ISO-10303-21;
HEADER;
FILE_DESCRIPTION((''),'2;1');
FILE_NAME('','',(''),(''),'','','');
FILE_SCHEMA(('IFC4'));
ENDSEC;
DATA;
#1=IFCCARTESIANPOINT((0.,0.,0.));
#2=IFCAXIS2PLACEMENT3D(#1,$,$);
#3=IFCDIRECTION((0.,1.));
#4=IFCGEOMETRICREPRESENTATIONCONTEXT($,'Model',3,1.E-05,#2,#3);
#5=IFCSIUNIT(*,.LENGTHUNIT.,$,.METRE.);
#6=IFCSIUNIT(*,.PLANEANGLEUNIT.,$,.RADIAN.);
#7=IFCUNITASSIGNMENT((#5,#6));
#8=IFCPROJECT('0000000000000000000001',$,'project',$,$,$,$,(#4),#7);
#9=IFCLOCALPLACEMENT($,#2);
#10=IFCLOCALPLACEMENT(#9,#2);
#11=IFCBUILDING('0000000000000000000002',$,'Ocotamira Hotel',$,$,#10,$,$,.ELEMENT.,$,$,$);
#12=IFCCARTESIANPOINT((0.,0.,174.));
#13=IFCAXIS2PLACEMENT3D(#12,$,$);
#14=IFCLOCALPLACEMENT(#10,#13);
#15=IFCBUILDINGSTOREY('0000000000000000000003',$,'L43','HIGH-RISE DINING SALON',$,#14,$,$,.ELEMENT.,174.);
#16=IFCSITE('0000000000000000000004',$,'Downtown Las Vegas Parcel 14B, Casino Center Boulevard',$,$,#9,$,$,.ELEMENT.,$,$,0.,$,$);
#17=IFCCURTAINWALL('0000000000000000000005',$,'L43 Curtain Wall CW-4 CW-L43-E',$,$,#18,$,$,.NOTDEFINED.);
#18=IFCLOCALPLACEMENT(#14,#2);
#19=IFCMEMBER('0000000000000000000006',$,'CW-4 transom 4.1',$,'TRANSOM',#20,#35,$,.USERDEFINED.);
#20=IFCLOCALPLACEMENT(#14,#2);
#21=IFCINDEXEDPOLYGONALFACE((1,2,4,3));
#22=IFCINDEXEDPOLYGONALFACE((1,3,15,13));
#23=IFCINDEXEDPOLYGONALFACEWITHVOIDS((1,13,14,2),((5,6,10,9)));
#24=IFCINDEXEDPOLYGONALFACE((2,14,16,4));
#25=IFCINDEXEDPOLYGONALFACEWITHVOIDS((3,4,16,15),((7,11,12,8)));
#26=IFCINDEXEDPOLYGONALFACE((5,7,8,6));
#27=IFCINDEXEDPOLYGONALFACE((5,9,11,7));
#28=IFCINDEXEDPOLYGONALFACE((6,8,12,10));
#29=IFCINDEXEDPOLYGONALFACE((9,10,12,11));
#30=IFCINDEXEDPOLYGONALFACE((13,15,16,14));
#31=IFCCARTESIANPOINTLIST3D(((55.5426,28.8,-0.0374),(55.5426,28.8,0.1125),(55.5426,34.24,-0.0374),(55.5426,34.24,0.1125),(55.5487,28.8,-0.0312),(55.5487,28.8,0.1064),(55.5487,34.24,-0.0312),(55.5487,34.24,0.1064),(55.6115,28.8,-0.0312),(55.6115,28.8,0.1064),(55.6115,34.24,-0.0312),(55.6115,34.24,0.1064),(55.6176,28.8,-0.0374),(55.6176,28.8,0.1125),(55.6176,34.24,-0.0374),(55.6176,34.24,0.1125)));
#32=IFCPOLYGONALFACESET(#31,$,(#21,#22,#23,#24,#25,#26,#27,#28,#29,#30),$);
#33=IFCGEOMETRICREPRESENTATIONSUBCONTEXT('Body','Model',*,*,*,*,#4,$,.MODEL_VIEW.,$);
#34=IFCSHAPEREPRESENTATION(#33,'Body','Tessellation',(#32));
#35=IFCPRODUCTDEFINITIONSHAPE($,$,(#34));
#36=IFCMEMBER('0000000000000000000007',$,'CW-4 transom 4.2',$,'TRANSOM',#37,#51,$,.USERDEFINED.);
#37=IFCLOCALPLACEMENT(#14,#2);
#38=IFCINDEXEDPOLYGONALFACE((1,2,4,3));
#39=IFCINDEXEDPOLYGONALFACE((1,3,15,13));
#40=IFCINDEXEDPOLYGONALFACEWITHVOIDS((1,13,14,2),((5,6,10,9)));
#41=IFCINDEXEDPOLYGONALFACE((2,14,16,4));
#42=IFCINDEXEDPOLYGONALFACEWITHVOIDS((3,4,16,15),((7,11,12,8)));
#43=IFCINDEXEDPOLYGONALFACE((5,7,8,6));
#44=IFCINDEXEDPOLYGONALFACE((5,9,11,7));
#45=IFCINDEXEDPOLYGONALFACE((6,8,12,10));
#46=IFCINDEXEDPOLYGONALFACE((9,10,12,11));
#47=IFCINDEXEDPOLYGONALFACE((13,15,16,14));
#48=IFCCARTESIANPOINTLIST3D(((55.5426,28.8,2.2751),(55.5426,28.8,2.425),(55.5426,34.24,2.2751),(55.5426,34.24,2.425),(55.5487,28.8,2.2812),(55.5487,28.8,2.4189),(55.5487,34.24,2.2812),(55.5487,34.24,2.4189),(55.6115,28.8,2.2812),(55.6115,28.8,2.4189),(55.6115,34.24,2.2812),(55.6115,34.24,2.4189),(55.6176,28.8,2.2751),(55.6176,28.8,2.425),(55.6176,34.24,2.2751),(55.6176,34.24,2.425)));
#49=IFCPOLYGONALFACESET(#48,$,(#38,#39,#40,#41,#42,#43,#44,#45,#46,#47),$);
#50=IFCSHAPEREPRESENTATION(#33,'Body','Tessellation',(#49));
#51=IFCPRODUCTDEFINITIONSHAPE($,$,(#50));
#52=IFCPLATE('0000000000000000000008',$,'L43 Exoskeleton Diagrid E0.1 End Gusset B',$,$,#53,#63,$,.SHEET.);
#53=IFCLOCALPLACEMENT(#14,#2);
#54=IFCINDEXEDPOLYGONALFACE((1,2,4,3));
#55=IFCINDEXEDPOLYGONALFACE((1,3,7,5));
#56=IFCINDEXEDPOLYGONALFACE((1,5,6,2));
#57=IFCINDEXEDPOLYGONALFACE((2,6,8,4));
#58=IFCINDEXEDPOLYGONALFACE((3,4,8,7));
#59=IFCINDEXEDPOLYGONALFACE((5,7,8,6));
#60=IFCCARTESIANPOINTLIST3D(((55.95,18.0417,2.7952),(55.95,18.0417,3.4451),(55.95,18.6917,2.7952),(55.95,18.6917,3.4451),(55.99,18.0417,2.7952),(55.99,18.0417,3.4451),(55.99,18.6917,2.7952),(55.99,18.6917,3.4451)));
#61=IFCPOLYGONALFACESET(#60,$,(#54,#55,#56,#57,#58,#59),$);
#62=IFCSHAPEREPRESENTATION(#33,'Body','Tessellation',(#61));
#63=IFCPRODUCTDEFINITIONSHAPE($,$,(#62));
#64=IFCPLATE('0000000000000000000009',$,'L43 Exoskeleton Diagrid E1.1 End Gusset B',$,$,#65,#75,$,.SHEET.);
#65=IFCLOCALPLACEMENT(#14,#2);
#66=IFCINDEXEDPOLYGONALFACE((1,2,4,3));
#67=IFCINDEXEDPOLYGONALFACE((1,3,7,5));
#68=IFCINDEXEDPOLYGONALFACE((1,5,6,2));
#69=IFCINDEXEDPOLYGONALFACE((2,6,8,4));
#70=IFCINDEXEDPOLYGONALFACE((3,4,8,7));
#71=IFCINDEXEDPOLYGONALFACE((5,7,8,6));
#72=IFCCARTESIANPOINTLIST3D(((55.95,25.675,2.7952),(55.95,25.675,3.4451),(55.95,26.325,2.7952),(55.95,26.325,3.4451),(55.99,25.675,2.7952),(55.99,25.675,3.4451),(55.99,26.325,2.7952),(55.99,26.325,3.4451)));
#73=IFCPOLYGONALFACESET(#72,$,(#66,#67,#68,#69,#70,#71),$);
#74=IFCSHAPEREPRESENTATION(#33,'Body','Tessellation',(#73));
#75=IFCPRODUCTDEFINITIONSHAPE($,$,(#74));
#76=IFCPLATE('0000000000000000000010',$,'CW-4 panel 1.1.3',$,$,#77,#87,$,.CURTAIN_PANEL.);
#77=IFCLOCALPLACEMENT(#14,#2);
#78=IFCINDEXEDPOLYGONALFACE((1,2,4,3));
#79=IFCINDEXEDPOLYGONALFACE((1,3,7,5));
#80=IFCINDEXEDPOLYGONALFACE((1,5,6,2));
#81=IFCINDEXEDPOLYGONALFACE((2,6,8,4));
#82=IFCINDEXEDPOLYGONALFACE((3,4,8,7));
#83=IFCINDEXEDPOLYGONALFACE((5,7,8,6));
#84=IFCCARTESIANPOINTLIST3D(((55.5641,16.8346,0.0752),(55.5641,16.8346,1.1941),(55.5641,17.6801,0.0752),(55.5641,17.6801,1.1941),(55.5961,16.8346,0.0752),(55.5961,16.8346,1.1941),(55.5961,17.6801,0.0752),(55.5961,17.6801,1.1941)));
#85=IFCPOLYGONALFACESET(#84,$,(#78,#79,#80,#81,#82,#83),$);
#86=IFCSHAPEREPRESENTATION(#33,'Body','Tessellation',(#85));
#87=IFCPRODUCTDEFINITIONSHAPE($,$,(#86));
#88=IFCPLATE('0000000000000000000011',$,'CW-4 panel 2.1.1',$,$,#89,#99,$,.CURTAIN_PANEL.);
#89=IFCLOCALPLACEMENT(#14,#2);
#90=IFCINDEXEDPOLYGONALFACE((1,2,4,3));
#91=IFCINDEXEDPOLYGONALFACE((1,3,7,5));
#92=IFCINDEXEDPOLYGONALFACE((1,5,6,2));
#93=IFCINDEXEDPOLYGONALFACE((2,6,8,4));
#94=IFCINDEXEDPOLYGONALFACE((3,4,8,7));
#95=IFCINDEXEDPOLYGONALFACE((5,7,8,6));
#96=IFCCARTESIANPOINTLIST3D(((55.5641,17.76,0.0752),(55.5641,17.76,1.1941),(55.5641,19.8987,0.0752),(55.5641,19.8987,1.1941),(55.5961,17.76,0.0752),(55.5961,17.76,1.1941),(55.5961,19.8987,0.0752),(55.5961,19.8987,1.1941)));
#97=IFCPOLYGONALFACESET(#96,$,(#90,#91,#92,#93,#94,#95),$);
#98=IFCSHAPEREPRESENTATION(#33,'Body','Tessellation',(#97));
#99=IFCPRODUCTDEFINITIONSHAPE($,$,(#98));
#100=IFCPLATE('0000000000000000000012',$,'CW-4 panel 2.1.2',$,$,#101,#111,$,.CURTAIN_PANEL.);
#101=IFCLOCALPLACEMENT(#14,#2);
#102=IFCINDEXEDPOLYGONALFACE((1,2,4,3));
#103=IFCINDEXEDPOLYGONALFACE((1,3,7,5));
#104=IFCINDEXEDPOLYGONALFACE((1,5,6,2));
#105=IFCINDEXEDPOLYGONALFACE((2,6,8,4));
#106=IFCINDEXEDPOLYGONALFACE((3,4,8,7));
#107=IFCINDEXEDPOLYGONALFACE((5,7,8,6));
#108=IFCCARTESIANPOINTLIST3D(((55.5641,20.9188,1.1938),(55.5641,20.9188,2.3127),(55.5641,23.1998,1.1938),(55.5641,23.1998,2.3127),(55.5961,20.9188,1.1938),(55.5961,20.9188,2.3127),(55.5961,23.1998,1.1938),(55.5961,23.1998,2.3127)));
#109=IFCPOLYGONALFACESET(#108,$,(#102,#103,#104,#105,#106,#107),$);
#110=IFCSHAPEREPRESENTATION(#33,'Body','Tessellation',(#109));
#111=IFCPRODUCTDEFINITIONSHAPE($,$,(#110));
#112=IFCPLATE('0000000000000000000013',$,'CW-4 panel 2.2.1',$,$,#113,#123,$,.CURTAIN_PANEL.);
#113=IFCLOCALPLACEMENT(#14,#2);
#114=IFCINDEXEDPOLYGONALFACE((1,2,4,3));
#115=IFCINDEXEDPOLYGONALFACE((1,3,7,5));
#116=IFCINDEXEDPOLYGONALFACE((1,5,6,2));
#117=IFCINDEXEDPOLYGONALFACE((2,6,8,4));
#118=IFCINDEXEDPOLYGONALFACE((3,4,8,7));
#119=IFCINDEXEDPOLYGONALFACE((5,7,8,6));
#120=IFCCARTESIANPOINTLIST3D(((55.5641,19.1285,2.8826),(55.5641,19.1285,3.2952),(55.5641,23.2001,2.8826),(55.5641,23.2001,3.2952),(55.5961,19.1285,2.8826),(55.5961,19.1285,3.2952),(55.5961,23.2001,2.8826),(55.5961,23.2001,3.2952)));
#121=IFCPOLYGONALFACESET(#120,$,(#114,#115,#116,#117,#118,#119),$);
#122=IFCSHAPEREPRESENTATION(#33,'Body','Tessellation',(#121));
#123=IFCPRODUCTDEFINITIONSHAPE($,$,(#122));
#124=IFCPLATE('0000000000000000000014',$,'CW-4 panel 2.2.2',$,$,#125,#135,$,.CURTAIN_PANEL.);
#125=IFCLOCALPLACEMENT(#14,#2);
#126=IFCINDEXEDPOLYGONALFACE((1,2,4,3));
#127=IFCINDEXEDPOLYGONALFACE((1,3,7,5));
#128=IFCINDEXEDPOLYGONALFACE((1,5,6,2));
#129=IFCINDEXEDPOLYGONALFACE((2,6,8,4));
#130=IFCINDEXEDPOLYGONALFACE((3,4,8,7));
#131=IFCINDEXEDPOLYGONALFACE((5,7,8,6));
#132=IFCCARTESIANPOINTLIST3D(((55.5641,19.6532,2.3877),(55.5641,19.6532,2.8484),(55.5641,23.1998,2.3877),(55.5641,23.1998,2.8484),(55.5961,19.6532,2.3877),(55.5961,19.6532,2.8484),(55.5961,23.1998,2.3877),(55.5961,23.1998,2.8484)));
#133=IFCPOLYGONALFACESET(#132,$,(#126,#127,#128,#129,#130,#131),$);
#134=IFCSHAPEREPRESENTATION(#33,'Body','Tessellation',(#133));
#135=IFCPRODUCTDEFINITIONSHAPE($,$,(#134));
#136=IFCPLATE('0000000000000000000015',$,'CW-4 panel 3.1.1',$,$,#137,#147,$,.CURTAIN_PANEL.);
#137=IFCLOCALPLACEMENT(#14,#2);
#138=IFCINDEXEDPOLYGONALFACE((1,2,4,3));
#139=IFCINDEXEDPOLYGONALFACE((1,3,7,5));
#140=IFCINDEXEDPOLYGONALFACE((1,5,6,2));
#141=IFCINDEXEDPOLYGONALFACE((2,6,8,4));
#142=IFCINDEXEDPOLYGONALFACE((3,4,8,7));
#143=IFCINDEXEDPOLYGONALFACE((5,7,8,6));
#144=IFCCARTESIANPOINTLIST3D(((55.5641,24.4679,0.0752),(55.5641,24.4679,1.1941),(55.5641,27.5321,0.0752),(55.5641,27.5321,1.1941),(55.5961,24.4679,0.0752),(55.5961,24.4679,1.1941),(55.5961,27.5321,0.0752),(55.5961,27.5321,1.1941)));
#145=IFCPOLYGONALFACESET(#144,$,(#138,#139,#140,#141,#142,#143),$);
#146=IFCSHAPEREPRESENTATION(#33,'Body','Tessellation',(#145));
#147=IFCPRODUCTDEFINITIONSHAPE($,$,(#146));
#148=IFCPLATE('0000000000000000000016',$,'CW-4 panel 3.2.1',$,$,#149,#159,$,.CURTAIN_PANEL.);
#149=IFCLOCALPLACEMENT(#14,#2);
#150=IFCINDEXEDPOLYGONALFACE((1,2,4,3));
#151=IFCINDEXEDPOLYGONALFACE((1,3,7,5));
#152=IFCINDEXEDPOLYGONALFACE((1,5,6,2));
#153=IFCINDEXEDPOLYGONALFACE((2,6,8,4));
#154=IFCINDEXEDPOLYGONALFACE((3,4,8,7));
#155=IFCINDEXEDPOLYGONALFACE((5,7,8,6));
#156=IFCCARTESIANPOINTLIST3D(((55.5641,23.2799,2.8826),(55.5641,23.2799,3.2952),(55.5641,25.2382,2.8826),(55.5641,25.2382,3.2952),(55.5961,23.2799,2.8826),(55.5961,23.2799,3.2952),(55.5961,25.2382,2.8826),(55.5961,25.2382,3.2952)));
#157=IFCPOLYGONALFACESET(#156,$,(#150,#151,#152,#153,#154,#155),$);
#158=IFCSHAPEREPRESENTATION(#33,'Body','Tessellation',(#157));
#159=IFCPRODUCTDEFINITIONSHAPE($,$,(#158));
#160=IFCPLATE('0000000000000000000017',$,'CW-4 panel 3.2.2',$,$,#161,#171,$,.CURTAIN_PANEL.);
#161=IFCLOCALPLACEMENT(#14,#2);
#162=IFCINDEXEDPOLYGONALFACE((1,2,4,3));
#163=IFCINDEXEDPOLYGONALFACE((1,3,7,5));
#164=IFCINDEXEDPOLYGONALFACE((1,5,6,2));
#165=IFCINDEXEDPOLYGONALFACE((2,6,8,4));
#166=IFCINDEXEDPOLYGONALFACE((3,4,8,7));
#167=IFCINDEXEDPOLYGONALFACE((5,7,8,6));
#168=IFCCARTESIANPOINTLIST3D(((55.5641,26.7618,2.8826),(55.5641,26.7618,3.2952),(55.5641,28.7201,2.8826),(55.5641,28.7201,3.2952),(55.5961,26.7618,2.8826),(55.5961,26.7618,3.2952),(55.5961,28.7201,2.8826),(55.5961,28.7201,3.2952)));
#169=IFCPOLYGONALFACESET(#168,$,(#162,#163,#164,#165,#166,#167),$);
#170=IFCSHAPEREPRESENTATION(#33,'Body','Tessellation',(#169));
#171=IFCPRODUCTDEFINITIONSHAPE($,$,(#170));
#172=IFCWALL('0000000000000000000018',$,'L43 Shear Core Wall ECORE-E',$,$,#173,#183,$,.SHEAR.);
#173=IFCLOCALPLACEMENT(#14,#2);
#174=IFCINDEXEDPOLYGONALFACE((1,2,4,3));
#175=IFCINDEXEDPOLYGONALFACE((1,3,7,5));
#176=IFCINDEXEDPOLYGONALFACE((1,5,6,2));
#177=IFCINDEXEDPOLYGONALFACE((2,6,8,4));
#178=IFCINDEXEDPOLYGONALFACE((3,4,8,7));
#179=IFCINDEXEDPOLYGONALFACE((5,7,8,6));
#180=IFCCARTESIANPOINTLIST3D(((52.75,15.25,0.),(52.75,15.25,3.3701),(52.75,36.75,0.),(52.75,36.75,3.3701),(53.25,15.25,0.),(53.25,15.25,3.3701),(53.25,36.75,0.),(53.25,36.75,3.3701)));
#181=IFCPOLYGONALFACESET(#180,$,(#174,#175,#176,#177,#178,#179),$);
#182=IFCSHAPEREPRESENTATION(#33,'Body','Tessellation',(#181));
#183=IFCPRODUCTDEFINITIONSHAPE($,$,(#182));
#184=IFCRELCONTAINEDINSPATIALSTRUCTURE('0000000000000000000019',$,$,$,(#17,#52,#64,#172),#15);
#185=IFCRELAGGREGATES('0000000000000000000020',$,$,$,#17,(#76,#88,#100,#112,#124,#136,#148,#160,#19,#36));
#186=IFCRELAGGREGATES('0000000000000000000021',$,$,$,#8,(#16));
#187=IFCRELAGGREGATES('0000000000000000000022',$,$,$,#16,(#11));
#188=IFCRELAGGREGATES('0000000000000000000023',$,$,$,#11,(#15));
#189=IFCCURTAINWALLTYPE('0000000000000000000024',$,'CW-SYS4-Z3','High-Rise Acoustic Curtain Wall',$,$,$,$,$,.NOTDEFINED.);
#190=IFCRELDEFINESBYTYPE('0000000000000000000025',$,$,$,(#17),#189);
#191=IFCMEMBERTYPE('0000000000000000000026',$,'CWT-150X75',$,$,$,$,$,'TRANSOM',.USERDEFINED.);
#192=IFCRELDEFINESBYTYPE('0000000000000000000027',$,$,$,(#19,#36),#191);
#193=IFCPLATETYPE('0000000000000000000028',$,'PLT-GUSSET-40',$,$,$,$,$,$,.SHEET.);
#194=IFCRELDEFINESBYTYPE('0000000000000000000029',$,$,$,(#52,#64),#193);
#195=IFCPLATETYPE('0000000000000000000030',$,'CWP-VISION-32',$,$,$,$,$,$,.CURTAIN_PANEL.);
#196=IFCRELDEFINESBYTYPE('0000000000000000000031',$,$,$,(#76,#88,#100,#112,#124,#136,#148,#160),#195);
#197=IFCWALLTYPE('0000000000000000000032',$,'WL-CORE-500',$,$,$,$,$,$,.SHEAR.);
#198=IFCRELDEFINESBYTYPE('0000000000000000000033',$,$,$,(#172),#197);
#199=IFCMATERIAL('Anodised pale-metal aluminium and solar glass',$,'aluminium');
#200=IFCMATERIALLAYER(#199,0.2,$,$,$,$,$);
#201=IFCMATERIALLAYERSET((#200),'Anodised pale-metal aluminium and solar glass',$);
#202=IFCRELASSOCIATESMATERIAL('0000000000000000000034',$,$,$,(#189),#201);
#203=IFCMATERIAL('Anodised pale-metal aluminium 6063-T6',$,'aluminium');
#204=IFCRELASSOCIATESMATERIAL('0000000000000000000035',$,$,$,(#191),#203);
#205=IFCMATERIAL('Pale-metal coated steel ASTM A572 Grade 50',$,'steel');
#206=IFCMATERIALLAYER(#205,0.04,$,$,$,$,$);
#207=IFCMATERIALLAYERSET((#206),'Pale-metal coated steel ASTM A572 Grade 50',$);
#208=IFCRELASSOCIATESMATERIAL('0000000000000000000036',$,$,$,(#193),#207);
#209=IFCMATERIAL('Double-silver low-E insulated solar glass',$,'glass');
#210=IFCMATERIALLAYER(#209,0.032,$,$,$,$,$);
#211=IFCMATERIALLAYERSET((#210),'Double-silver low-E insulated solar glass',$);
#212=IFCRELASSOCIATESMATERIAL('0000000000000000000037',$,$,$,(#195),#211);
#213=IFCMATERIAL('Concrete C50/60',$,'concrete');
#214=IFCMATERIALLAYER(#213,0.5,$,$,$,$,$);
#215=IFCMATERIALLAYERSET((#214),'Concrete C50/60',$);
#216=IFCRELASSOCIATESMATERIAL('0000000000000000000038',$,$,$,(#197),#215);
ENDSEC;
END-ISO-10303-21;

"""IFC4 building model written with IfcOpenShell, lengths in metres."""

from ifc_helpers import new_model, si_unit, direction, frame, frame_2d, origin, origin_2d, place, context, subcontext, project, spatial, rectangle, hollow_rectangle, extrude, source, transform, mapped, material, layer, layer_set, material_profile, profile_set, type_object, element, aggregate, save


model = new_model("IFC4")

# Units and contexts
model_context = context("Model", 3, precision=1e-05, world=origin(), true_north=direction((0.0, 1.0)))
body_context = subcontext(model_context, "Body", "Model", "MODEL_VIEW")
ifc_project = project(units=[si_unit("LENGTHUNIT", "METRE"), si_unit("PLANEANGLEUNIT", "RADIAN")], contexts=[model_context])

# Site, building, storey
site_placement = place(None, origin())
site = spatial("IfcSite", under=ifc_project, at=site_placement, Name="Downtown Las Vegas Parcel 14B, Casino Center Boulevard", CompositionType="ELEMENT", RefElevation=0.0)
building_placement = place(site_placement, origin())
building = spatial("IfcBuilding", under=site, at=building_placement, Name="Ocotamira Hotel", CompositionType="ELEMENT")
storey_placement = place(building_placement, frame((0.0, 0.0, 174.0)))
storey = spatial("IfcBuildingStorey", under=building, at=storey_placement, Name="L43", Description="HIGH-RISE DINING SALON", CompositionType="ELEMENT", Elevation=174.0)

# Curtain wall, members
ifc_material_1 = material(Name="Anodised pale-metal aluminium and solar glass", Category="aluminium")
ifc_layer_1 = layer(ifc_material_1, 0.2)
ifc_layer_set_1 = layer_set([ifc_layer_1], Name="Anodised pale-metal aluminium and solar glass")
curtain_wall_type = type_object("IfcCurtainWallType", Name="CW-SYS4-Z3", Description="High-Rise Acoustic Curtain Wall", PredefinedType="NOTDEFINED", material=ifc_layer_set_1)
curtain_wall_placement = place(storey_placement, origin())
curtain_wall = element("IfcCurtainWall", 1, at=curtain_wall_placement, inside=storey, type_object=curtain_wall_type, Name="L43 Curtain Wall CW-4 CW-L43-E", PredefinedType="NOTDEFINED")
ifc_material_2 = material(Name="Anodised pale-metal aluminium 6063-T6", Category="aluminium")
ifc_material_profile_1 = material_profile(ifc_material_2, hollow_rectangle(XDim=0.075, YDim=0.1499, WallThickness=0.0061, at=origin_2d()), Name="HSS150X75X6")
ifc_profile_set_1 = profile_set([ifc_material_profile_1], Name="Anodised pale-metal aluminium 6063-T6")
member_type_1 = type_object("IfcMemberType", Name="CWT-150X75", ElementType="TRANSOM", PredefinedType="USERDEFINED", material=ifc_profile_set_1)
shared_shape_1 = source(origin(), body_context, "Body", "SweptSolid", [
    extrude(hollow_rectangle(XDim=0.075, YDim=0.1499, WallThickness=0.0061, at=origin_2d()), origin(), (0.0, 0.0, 1.0), 5.4399),
])
member_1_placement = place(storey_placement, frame((55.5801, 28.8, 0.0376), z_axis=(0.0, 1.0, 0.0), x_axis=(-1.0, 0.0, 0.0)))
member_1 = element("IfcMember", 2, at=member_1_placement, type_object=member_type_1, Name="CW-4 transom 4.1", ObjectType="TRANSOM", PredefinedType="USERDEFINED", context=body_context, shape_type="MappedRepresentation", body=[
    mapped(shared_shape_1, transform((0.0, 0.0, 0.0), scale=1.0)),
])
member_2_placement = place(storey_placement, frame((55.5801, 28.8, 2.3501), z_axis=(0.0, 1.0, 0.0), x_axis=(-1.0, 0.0, 0.0)))
member_2 = element("IfcMember", 3, at=member_2_placement, type_object=member_type_1, Name="CW-4 transom 4.2", ObjectType="TRANSOM", PredefinedType="USERDEFINED", context=body_context, shape_type="MappedRepresentation", body=[
    mapped(shared_shape_1, transform((0.0, 0.0, 0.0), scale=1.0)),
])

# Plates
ifc_material_3 = material(Name="Pale-metal coated steel ASTM A572 Grade 50", Category="steel")
ifc_layer_2 = layer(ifc_material_3, 0.04)
ifc_layer_set_2 = layer_set([ifc_layer_2], Name="Pale-metal coated steel ASTM A572 Grade 50")
plate_type_1 = type_object("IfcPlateType", Name="PLT-GUSSET-40", PredefinedType="SHEET", material=ifc_layer_set_2)
shared_shape_2 = source(origin(), body_context, "Body", "SweptSolid", [
    extrude(rectangle(XDim=0.04, YDim=0.6499, at=origin_2d()), origin(), (0.0, 0.0, 1.0), 0.6499),
])
for number, where, z_axis, x_axis, name in (
    (4, (55.97, 18.3667, 2.7952), (0.0, 0.0, 1.0), (1.0, 0.0, 0.0), "L43 Exoskeleton Diagrid E0.1 End Gusset B"),
    (5, (55.97, 26.0, 2.7952), (0.0, 0.0, 1.0), (1.0, 0.0, 0.0), "L43 Exoskeleton Diagrid E1.1 End Gusset B"),
):
    element("IfcPlate", number, at=place(storey_placement, frame(where, z_axis=z_axis, x_axis=x_axis)), inside=storey, type_object=plate_type_1, Name=name, PredefinedType="SHEET", context=body_context, shape_type="MappedRepresentation", body=[
        mapped(shared_shape_2, transform((0.0, 0.0, 0.0), scale=1.0)),
    ])

# Plates
ifc_material_4 = material(Name="Double-silver low-E insulated solar glass", Category="glass")
ifc_layer_3 = layer(ifc_material_4, 0.032)
ifc_layer_set_3 = layer_set([ifc_layer_3], Name="Double-silver low-E insulated solar glass")
plate_type_2 = type_object("IfcPlateType", Name="CWP-VISION-32", PredefinedType="CURTAIN_PANEL", material=ifc_layer_set_3)
shared_shape_3 = source(origin(), body_context, "Body", "SweptSolid", [
    extrude(rectangle(XDim=0.8455, YDim=0.032, at=origin_2d()), origin(), (0.0, 0.0, 1.0), 1.1189),
])
plate_1_placement = place(storey_placement, frame((55.5801, 17.2573, 0.0752), z_axis=(0.0, 0.0, 1.0), x_axis=(0.0, 1.0, 0.0)))
plate_1 = element("IfcPlate", 6, at=plate_1_placement, type_object=plate_type_2, Name="CW-4 panel 1.1.3", PredefinedType="CURTAIN_PANEL", context=body_context, shape_type="MappedRepresentation", body=[
    mapped(shared_shape_3, transform((0.0, 0.0, 0.0), scale=1.0)),
])
shared_shape_4 = source(origin(), body_context, "Body", "SweptSolid", [
    extrude(rectangle(XDim=2.1387, YDim=0.032, at=origin_2d()), origin(), (0.0, 0.0, 1.0), 1.1189),
])
plate_2_placement = place(storey_placement, frame((55.5801, 18.8293, 0.0752), z_axis=(0.0, 0.0, 1.0), x_axis=(0.0, 1.0, 0.0)))
plate_2 = element("IfcPlate", 7, at=plate_2_placement, type_object=plate_type_2, Name="CW-4 panel 2.1.1", PredefinedType="CURTAIN_PANEL", context=body_context, shape_type="MappedRepresentation", body=[
    mapped(shared_shape_4, transform((0.0, 0.0, 0.0), scale=1.0)),
])
shared_shape_5 = source(origin(), body_context, "Body", "SweptSolid", [
    extrude(rectangle(XDim=2.281, YDim=0.032, at=origin_2d()), origin(), (0.0, 0.0, 1.0), 1.1189),
])
plate_3_placement = place(storey_placement, frame((55.5801, 22.0593, 1.1938), z_axis=(0.0, 0.0, 1.0), x_axis=(0.0, 1.0, 0.0)))
plate_3 = element("IfcPlate", 8, at=plate_3_placement, type_object=plate_type_2, Name="CW-4 panel 2.1.2", PredefinedType="CURTAIN_PANEL", context=body_context, shape_type="MappedRepresentation", body=[
    mapped(shared_shape_5, transform((0.0, 0.0, 0.0), scale=1.0)),
])
shared_shape_6 = source(origin(), body_context, "Body", "SweptSolid", [
    extrude(rectangle(XDim=4.0715, YDim=0.032, at=origin_2d()), origin(), (0.0, 0.0, 1.0), 0.4126),
])
plate_4_placement = place(storey_placement, frame((55.5801, 21.1643, 2.8826), z_axis=(0.0, 0.0, 1.0), x_axis=(0.0, 1.0, 0.0)))
plate_4 = element("IfcPlate", 9, at=plate_4_placement, type_object=plate_type_2, Name="CW-4 panel 2.2.1", PredefinedType="CURTAIN_PANEL", context=body_context, shape_type="MappedRepresentation", body=[
    mapped(shared_shape_6, transform((0.0, 0.0, 0.0), scale=1.0)),
])
shared_shape_7 = source(origin(), body_context, "Body", "SweptSolid", [
    extrude(rectangle(XDim=3.5466, YDim=0.032, at=origin_2d()), origin(), (0.0, 0.0, 1.0), 0.4607),
])
plate_5_placement = place(storey_placement, frame((55.5801, 21.4265, 2.3877), z_axis=(0.0, 0.0, 1.0), x_axis=(0.0, 1.0, 0.0)))
plate_5 = element("IfcPlate", 10, at=plate_5_placement, type_object=plate_type_2, Name="CW-4 panel 2.2.2", PredefinedType="CURTAIN_PANEL", context=body_context, shape_type="MappedRepresentation", body=[
    mapped(shared_shape_7, transform((0.0, 0.0, 0.0), scale=1.0)),
])
shared_shape_8 = source(origin(), body_context, "Body", "SweptSolid", [
    extrude(rectangle(XDim=3.0642, YDim=0.032, at=origin_2d()), origin(), (0.0, 0.0, 1.0), 1.1189),
])
plate_6_placement = place(storey_placement, frame((55.5801, 26.0, 0.0752), z_axis=(0.0, 0.0, 1.0), x_axis=(0.0, 1.0, 0.0)))
plate_6 = element("IfcPlate", 11, at=plate_6_placement, type_object=plate_type_2, Name="CW-4 panel 3.1.1", PredefinedType="CURTAIN_PANEL", context=body_context, shape_type="MappedRepresentation", body=[
    mapped(shared_shape_8, transform((0.0, 0.0, 0.0), scale=1.0)),
])
shared_shape_9 = source(origin(), body_context, "Body", "SweptSolid", [
    extrude(rectangle(XDim=1.9583, YDim=0.032, at=origin_2d()), origin(), (0.0, 0.0, 1.0), 0.4126),
])
plate_7_placement = place(storey_placement, frame((55.5801, 24.259, 2.8826), z_axis=(0.0, 0.0, 1.0), x_axis=(0.0, 1.0, 0.0)))
plate_7 = element("IfcPlate", 12, at=plate_7_placement, type_object=plate_type_2, Name="CW-4 panel 3.2.1", PredefinedType="CURTAIN_PANEL", context=body_context, shape_type="MappedRepresentation", body=[
    mapped(shared_shape_9, transform((0.0, 0.0, 0.0), scale=1.0)),
])
plate_8_placement = place(storey_placement, frame((55.5801, 27.741, 2.8826), z_axis=(0.0, 0.0, 1.0), x_axis=(0.0, 1.0, 0.0)))
plate_8 = element("IfcPlate", 13, at=plate_8_placement, type_object=plate_type_2, Name="CW-4 panel 3.2.2", PredefinedType="CURTAIN_PANEL", context=body_context, shape_type="MappedRepresentation", body=[
    mapped(shared_shape_9, transform((0.0, 0.0, 0.0), scale=1.0)),
])
aggregate(curtain_wall, [plate_1, plate_2, plate_3, plate_4, plate_5, plate_6, plate_7, plate_8, member_1, member_2])

# Wall
ifc_material_5 = material(Name="Concrete C50/60", Category="concrete")
ifc_layer_4 = layer(ifc_material_5, 0.5)
ifc_layer_set_4 = layer_set([ifc_layer_4], Name="Concrete C50/60")
wall_type_1 = type_object("IfcWallType", Name="WL-CORE-500", PredefinedType="SHEAR", material=ifc_layer_set_4)
wall_1_placement = place(storey_placement, frame((53.0, 15.25, 0.0), z_axis=(0.0, 0.0, 1.0), x_axis=(0.0, 1.0, 0.0)))
element("IfcWall", 14, at=wall_1_placement, inside=storey, type_object=wall_type_1, Name="L43 Shear Core Wall ECORE-E", PredefinedType="SHEAR", context=body_context, shape_type="SweptSolid", body=[
    extrude(rectangle(XDim=21.5, YDim=0.5, at=frame_2d((10.75, 0.0))), origin(), (0.0, 0.0, 1.0), 3.3701),
])

save(model, "model.ifc")
